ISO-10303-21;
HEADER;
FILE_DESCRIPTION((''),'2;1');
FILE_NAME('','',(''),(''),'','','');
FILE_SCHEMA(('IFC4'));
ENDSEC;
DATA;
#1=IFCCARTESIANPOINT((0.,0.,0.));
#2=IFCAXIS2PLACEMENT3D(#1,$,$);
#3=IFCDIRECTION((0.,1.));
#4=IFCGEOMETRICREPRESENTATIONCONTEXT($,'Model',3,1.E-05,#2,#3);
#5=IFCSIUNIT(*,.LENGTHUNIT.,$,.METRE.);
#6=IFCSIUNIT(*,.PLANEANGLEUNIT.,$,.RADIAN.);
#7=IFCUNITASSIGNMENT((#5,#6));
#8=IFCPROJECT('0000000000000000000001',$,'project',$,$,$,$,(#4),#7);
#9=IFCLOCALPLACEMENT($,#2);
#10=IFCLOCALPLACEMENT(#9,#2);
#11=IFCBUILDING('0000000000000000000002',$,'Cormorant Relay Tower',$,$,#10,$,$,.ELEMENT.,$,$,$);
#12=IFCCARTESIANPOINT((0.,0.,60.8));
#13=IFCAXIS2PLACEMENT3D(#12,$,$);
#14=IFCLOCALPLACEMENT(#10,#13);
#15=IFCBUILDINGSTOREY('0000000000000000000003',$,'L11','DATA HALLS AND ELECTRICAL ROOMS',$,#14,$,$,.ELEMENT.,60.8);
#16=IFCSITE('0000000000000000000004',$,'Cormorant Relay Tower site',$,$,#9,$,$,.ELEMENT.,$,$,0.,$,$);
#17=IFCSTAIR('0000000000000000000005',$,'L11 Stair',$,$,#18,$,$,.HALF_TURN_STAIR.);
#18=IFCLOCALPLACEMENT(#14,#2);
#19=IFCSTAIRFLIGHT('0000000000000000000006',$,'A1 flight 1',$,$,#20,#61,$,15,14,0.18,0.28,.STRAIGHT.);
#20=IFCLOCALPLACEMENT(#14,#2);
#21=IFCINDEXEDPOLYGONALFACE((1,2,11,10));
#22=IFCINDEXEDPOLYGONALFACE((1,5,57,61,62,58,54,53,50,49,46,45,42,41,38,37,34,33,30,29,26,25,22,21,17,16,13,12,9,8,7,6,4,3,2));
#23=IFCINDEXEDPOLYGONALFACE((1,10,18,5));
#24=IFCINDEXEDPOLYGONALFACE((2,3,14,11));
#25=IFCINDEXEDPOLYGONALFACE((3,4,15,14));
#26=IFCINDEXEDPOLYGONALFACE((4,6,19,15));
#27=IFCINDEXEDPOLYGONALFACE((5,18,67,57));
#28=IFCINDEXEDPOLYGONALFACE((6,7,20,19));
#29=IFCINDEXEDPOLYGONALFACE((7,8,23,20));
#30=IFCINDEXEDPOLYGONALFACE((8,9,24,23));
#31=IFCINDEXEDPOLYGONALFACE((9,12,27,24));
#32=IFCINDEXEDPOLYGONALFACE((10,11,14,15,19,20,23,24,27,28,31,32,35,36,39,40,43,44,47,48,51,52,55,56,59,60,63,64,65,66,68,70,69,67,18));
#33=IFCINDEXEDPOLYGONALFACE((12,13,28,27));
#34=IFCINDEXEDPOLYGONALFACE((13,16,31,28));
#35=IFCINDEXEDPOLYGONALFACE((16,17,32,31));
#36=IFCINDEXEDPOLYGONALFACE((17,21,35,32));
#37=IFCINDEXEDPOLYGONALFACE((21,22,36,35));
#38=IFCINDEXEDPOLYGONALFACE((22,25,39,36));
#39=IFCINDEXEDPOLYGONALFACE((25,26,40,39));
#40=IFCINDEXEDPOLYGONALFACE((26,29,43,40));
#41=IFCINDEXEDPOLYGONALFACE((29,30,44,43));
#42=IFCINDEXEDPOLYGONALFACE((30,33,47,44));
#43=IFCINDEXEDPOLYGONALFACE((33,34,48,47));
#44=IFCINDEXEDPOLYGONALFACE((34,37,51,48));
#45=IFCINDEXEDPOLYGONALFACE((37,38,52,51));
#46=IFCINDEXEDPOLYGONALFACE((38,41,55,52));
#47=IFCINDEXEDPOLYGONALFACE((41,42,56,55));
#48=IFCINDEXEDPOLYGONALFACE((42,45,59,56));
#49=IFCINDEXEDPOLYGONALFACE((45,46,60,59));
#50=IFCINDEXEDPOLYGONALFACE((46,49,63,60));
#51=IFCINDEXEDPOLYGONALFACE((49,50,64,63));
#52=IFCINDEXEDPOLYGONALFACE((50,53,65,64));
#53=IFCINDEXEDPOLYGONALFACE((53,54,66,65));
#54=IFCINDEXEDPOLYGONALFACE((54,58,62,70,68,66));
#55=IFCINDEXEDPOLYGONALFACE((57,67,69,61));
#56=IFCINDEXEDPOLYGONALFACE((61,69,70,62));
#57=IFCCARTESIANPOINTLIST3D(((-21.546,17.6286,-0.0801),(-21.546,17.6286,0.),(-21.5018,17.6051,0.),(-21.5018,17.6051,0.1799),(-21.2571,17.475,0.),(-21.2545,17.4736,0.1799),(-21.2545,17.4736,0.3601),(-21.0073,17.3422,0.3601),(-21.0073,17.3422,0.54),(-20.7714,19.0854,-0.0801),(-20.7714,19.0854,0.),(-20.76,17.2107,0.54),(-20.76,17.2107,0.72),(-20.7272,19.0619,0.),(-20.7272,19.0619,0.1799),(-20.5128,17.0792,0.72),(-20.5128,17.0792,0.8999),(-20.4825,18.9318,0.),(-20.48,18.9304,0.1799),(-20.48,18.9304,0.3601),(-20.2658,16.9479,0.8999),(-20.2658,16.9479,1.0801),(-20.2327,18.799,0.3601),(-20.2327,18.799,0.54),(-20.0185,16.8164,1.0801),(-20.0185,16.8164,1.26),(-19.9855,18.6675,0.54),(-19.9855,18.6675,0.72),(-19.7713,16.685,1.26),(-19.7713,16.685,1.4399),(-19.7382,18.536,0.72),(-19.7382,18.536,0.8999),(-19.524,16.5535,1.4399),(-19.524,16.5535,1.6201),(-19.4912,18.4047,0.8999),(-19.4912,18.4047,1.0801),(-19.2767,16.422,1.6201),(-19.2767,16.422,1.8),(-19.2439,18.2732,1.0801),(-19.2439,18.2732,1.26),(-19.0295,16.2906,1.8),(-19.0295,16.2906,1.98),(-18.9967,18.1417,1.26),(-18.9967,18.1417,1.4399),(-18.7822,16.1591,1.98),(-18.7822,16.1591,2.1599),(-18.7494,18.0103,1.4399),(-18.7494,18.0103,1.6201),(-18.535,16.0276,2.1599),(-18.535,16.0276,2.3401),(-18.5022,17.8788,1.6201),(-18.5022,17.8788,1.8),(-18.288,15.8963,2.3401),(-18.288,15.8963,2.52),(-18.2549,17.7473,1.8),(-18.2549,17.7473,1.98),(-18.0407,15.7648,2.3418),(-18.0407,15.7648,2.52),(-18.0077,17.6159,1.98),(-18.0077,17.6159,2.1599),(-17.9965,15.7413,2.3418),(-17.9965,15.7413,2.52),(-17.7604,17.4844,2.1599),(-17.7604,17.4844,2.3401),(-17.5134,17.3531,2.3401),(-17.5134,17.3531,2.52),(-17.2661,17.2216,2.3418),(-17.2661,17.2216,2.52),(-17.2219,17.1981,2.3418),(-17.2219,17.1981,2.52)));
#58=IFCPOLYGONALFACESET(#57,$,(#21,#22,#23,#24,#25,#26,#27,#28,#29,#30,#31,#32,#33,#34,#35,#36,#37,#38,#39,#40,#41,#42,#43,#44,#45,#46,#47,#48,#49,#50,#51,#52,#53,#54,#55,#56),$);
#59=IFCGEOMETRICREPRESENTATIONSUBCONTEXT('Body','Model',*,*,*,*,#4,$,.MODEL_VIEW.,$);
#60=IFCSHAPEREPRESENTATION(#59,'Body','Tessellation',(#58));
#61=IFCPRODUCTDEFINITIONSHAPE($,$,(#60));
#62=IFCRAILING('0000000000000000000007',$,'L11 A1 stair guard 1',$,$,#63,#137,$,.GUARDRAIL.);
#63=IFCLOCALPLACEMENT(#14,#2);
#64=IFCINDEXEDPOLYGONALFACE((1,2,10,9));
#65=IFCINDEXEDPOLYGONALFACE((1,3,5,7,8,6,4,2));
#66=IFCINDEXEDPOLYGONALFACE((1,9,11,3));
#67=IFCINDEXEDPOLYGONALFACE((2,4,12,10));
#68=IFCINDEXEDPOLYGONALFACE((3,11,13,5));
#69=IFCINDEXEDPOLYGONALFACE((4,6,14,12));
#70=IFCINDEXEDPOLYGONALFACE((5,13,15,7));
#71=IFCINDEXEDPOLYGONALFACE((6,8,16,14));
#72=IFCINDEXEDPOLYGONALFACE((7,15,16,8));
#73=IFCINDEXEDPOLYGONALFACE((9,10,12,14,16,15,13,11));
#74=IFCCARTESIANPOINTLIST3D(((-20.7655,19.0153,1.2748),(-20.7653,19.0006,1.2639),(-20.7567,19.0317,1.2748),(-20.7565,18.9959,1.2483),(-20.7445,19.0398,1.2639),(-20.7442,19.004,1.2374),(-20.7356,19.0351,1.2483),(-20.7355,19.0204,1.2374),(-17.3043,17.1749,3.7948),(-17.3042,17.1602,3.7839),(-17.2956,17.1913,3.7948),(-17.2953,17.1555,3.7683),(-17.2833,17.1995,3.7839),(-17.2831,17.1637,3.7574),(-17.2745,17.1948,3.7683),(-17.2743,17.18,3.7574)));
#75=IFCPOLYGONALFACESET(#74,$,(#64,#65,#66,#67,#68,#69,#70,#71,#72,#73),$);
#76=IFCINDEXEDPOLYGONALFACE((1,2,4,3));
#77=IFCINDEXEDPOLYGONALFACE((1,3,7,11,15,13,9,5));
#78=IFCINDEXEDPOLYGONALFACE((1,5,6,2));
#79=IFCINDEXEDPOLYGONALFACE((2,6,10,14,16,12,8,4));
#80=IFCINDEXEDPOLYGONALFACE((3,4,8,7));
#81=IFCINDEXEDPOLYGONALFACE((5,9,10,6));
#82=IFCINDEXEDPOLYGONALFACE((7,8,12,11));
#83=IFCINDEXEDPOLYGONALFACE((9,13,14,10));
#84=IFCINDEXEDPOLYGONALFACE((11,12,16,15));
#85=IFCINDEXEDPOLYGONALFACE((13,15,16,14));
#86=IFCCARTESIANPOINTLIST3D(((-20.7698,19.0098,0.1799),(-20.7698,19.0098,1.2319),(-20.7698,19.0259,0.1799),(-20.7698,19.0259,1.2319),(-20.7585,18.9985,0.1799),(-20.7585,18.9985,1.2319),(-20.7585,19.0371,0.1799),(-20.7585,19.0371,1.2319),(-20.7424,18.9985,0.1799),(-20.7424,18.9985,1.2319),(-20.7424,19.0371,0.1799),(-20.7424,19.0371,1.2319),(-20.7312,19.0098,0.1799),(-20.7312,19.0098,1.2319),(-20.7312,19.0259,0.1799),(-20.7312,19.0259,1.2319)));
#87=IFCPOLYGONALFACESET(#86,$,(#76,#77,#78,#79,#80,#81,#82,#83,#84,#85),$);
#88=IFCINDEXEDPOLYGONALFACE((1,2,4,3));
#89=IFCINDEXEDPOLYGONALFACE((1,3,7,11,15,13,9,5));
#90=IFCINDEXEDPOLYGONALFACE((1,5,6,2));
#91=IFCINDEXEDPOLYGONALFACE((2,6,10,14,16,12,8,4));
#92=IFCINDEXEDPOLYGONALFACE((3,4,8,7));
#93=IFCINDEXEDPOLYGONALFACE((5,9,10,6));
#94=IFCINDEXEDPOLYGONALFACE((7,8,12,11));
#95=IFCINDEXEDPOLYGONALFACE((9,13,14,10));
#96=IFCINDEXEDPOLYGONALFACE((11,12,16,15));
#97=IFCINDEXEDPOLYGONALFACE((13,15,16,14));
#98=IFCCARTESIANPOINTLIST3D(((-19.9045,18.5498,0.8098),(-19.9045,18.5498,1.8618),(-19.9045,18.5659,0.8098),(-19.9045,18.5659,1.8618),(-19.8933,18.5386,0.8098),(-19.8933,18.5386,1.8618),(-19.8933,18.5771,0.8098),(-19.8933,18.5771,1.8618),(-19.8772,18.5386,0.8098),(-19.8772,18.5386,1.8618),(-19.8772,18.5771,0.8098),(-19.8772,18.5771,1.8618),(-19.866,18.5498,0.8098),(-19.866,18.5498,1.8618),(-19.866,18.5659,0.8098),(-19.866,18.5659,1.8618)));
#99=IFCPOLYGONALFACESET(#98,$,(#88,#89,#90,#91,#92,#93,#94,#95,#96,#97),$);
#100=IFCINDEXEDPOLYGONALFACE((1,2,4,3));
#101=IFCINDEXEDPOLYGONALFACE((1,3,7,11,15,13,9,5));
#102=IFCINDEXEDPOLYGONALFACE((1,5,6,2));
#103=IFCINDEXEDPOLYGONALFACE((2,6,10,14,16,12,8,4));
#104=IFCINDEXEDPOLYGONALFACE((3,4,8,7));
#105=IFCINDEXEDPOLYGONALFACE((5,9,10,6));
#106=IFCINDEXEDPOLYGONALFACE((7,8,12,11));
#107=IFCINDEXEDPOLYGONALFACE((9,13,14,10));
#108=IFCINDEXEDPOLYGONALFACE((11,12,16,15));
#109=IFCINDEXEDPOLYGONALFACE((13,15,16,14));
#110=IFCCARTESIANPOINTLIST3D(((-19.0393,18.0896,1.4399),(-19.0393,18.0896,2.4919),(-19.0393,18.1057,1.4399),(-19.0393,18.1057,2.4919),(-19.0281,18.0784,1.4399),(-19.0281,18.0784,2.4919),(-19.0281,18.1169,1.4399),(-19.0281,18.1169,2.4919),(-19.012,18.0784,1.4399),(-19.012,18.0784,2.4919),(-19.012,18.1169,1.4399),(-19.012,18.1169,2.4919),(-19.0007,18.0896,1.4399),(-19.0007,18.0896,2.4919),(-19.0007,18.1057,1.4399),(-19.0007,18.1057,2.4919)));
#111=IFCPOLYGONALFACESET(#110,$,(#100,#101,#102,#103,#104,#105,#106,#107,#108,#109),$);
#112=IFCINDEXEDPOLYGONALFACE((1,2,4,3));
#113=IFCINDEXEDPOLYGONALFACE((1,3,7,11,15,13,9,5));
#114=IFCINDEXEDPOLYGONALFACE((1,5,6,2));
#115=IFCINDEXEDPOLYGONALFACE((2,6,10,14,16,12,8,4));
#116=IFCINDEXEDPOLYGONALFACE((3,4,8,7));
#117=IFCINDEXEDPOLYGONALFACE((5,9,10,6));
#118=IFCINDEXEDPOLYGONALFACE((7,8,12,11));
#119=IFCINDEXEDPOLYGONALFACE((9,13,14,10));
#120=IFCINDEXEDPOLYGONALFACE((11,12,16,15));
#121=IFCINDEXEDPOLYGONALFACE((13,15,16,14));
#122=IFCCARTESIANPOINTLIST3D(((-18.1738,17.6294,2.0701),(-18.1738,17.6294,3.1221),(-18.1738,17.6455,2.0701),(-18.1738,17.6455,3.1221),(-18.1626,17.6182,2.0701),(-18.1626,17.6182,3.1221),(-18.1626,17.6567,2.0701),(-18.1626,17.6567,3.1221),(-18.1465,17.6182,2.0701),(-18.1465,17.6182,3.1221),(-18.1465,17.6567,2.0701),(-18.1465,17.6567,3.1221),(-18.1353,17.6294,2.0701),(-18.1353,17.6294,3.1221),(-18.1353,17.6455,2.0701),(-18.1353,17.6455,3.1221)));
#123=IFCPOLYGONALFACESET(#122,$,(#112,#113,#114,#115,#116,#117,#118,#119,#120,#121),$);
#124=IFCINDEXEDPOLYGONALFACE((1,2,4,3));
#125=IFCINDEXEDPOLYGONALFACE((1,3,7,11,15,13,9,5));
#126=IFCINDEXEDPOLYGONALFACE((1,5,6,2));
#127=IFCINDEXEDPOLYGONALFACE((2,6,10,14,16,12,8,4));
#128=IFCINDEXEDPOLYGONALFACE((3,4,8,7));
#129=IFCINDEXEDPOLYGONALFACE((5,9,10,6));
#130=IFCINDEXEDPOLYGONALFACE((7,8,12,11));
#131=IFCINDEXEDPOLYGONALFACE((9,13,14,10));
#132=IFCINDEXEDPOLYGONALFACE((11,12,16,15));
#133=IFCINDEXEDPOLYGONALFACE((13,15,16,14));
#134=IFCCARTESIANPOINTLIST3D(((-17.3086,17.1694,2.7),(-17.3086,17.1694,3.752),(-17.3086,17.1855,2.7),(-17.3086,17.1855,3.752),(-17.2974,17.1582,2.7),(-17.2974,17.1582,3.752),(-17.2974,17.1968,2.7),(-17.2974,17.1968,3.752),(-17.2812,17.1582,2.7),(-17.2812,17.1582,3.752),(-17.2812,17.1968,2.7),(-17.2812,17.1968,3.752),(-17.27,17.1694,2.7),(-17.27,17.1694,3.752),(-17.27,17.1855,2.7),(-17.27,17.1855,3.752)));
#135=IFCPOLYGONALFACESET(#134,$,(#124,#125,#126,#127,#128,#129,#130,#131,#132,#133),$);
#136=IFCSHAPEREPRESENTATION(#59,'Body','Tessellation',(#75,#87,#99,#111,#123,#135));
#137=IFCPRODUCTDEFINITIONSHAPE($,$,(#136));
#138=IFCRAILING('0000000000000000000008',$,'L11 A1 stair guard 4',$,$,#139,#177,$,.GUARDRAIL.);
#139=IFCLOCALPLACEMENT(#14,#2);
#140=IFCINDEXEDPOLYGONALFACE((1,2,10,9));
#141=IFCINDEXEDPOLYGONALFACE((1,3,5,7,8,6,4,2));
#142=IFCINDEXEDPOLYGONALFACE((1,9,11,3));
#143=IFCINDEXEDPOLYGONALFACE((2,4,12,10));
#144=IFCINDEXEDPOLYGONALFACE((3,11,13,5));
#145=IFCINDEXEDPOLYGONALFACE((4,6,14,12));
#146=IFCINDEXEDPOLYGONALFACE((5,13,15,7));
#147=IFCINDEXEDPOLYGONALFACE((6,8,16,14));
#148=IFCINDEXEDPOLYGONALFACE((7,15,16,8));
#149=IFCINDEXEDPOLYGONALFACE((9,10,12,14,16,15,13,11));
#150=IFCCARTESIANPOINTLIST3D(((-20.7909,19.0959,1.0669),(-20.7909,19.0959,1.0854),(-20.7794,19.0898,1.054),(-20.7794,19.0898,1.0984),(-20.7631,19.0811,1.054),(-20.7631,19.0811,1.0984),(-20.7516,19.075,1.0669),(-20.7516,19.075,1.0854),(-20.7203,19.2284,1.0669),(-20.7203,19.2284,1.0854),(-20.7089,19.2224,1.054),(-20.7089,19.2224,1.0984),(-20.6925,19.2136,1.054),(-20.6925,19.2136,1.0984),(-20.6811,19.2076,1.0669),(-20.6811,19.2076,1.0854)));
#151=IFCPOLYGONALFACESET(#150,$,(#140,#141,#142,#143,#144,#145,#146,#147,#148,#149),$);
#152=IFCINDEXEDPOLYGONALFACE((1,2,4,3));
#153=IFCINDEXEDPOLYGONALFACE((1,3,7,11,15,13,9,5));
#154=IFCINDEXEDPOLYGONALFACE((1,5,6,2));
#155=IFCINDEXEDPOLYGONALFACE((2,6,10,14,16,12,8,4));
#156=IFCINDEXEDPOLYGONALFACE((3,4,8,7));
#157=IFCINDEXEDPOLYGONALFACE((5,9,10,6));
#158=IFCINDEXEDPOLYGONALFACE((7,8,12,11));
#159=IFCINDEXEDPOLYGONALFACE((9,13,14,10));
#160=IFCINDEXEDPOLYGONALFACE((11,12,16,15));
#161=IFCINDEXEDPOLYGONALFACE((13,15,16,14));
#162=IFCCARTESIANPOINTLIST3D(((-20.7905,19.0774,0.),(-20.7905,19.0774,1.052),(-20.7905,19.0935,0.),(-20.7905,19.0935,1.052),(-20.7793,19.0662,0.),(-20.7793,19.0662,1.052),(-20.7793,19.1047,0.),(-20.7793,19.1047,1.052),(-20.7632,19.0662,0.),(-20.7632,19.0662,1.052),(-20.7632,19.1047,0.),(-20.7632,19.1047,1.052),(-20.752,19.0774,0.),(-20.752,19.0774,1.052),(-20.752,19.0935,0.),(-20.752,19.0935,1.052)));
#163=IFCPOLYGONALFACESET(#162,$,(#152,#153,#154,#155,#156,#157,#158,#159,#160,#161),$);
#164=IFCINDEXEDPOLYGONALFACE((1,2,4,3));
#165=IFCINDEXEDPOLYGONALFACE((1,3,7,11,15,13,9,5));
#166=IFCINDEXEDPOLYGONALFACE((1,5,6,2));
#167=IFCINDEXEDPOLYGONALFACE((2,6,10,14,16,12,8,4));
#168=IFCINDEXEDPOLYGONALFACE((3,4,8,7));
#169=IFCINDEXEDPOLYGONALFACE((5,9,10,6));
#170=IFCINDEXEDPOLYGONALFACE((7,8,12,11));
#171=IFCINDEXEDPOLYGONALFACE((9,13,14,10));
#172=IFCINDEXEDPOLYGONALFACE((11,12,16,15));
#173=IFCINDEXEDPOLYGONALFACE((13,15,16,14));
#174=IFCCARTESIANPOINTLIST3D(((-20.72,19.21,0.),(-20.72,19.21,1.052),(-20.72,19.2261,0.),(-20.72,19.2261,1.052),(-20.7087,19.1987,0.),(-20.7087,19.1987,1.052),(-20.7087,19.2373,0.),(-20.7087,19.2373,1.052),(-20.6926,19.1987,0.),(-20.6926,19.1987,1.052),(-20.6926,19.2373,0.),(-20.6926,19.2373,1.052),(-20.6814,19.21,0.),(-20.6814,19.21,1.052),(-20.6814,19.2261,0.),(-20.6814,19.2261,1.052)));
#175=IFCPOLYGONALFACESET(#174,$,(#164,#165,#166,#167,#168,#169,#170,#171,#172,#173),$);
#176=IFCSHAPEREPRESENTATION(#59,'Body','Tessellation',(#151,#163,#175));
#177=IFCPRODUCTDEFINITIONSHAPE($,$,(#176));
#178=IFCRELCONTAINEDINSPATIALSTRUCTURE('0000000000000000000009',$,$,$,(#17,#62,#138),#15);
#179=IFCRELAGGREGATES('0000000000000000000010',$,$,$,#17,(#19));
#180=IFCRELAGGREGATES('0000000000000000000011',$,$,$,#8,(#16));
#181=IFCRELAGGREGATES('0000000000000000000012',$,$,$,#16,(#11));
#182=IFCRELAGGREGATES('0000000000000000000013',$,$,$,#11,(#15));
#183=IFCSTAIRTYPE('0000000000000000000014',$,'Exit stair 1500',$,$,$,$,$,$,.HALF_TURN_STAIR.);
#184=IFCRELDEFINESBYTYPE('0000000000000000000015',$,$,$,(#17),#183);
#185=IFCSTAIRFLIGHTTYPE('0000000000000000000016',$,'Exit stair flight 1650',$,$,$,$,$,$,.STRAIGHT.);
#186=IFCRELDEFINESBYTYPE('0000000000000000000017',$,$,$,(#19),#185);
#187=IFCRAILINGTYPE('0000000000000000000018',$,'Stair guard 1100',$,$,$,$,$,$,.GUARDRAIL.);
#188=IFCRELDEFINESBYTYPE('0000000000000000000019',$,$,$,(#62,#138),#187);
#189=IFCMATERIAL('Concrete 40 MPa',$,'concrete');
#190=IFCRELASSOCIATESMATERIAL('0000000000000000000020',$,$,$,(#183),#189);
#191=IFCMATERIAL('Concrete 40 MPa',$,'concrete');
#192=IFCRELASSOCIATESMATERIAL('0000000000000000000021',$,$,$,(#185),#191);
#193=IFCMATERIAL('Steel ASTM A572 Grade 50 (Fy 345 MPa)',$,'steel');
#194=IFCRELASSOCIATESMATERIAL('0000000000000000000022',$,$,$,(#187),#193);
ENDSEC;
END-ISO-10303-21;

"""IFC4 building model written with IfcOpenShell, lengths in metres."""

from ifc_helpers import new_model, si_unit, direction, frame, origin, place, context, subcontext, project, spatial, polyline, outline, extrude, material, type_object, element, aggregate, save


model = new_model("IFC4")

# Units and contexts
model_context = context("Model", 3, precision=1e-05, world=origin(), true_north=direction((0.0, 1.0)))
body_context = subcontext(model_context, "Body", "Model", "MODEL_VIEW")
ifc_project = project(units=[si_unit("LENGTHUNIT", "METRE"), si_unit("PLANEANGLEUNIT", "RADIAN")], contexts=[model_context])

# Site, building, storey
site_placement = place(None, origin())
site = spatial("IfcSite", under=ifc_project, at=site_placement, Name="Cormorant Relay Tower site", CompositionType="ELEMENT", RefElevation=0.0)
building_placement = place(site_placement, origin())
building = spatial("IfcBuilding", under=site, at=building_placement, Name="Cormorant Relay Tower", CompositionType="ELEMENT")
storey_placement = place(building_placement, frame((0.0, 0.0, 60.8)))
storey = spatial("IfcBuildingStorey", under=building, at=storey_placement, Name="L11", Description="DATA HALLS AND ELECTRICAL ROOMS", CompositionType="ELEMENT", Elevation=60.8)

# Stair, stair flight
ifc_material_1 = material(Name="Concrete 40 MPa", Category="concrete")
stair_type = type_object("IfcStairType", Name="Exit stair 1500", PredefinedType="HALF_TURN_STAIR", material=ifc_material_1)
stair_placement = place(storey_placement, origin())
stair = element("IfcStair", 1, at=stair_placement, inside=storey, type_object=stair_type, Name="L11 Stair", PredefinedType="HALF_TURN_STAIR")
ifc_material_2 = material(Name="Concrete 40 MPa", Category="concrete")
stair_flight_type = type_object("IfcStairFlightType", Name="Exit stair flight 1650", PredefinedType="STRAIGHT", material=ifc_material_2)
stair_flight_placement = place(storey_placement, frame((-21.1145, 18.3335, 0.0), z_axis=(0.0, 0.0, 1.0), x_axis=(0.882948, -0.469472, 0.0)))
stair_flight = element("IfcStairFlight", 2, at=stair_flight_placement, type_object=stair_flight_type, Name="A1 flight 1", NumberOfRisers=15, NumberOfTreads=14, PredefinedType="STRAIGHT", RiserHeight=0.18, TreadLength=0.28, context=body_context, shape_type="SweptSolid", body=[
    extrude(outline(polyline([(-0.05, -0.0801), (-0.05, 0.0), (0.0, 0.0), (0.0, 0.1799), (0.28, 0.1799), (0.28, 0.3601), (0.5601, 0.3601), (0.5601, 0.54), (0.8401, 0.54), (0.8401, 0.72), (1.1201, 0.72), (1.1201, 0.8999), (1.3999, 0.8999), (1.3999, 1.0801), (1.6799, 1.0801), (1.6799, 1.26), (1.96, 1.26), (1.96, 1.4399), (2.24, 1.4399), (2.24, 1.6201), (2.52, 1.6201), (2.52, 1.8), (2.8, 1.8), (2.8, 1.98), (3.0801, 1.98), (3.0801, 2.1599), (3.3601, 2.1599), (3.3601, 2.3401), (3.6399, 2.3401), (3.6399, 2.52), (3.9199, 2.52), (3.97, 2.52), (3.97, 2.3418), (3.9199, 2.3418), (0.2771, 0.0), (-0.05, -0.0801)])), frame((0.0, 0.825, 0.0), z_axis=(0.0, -1.0, 0.0), x_axis=(1.0, 0.0, 0.0)), (0.0, 0.0, 1.0), 1.6499),
])
aggregate(stair, [stair_flight])

# Railings
ifc_material_3 = material(Name="Steel ASTM A572 Grade 50 (Fy 345 MPa)", Category="steel")
railing_type_1 = type_object("IfcRailingType", Name="Stair guard 1100", PredefinedType="GUARDRAIL", material=ifc_material_3)
railing_1_placement = place(storey_placement, frame((-20.7505, 19.0178, 0.1799)))
element("IfcRailing", 3, at=railing_1_placement, inside=storey, type_object=railing_type_1, Name="L11 A1 stair guard 1", PredefinedType="GUARDRAIL", context=body_context, shape_type="SweptSolid", body=[
    extrude(outline(polyline([(0.0222, 0.0093), (0.0093, 0.0222), (-0.0093, 0.0222), (-0.0222, 0.0093), (-0.0222, -0.0093), (-0.0093, -0.0222), (0.0093, -0.0222), (0.0222, -0.0093), (0.0222, 0.0093)])), frame((0.0, 0.0, 1.0762), z_axis=(0.742717, -0.394907, 0.540758), x_axis=(0.469469, 0.882949, 0.0)), (0.0, 0.0, 1.0), 4.6602),
    extrude(outline(polyline([(0.0193, 0.0081), (0.0081, 0.0193), (-0.0081, 0.0193), (-0.0193, 0.0081), (-0.0193, -0.0081), (-0.0081, -0.0193), (0.0081, -0.0193), (0.0193, -0.0081), (0.0193, 0.0081)])), origin(), (0.0, 0.0, 1.0), 1.052),
    extrude(outline(polyline([(0.0193, 0.0081), (0.0081, 0.0193), (-0.0081, 0.0193), (-0.0193, 0.0081), (-0.0193, -0.0081), (-0.0081, -0.0193), (0.0081, -0.0193), (0.0193, -0.0081), (0.0193, 0.0081)])), frame((0.8652, -0.46, 0.6299)), (0.0, 0.0, 1.0), 1.052),
    extrude(outline(polyline([(0.0193, 0.0081), (0.0081, 0.0193), (-0.0081, 0.0193), (-0.0193, 0.0081), (-0.0193, -0.0081), (-0.0081, -0.0193), (0.0081, -0.0193), (0.0193, -0.0081), (0.0193, 0.0081)])), frame((1.7305, -0.9202, 1.26)), (0.0, 0.0, 1.0), 1.052),
    extrude(outline(polyline([(0.0193, 0.0081), (0.0081, 0.0193), (-0.0081, 0.0193), (-0.0193, 0.0081), (-0.0193, -0.0081), (-0.0081, -0.0193), (0.0081, -0.0193), (0.0193, -0.0081), (0.0193, 0.0081)])), frame((2.5959, -1.3804, 1.8901)), (0.0, 0.0, 1.0), 1.052),
    extrude(outline(polyline([(0.0193, 0.0081), (0.0081, 0.0193), (-0.0081, 0.0193), (-0.0193, 0.0081), (-0.0193, -0.0081), (-0.0081, -0.0193), (0.0081, -0.0193), (0.0193, -0.0081), (0.0193, 0.0081)])), frame((3.4612, -1.8403, 2.52)), (0.0, 0.0, 1.0), 1.052),
])
railing_2_placement = place(storey_placement, frame((-20.7712, 19.0854, 0.0)))
element("IfcRailing", 4, at=railing_2_placement, inside=storey, type_object=railing_type_1, Name="L11 A1 stair guard 4", PredefinedType="GUARDRAIL", context=body_context, shape_type="SweptSolid", body=[
    extrude(outline(polyline([(0.0222, 0.0093), (0.0093, 0.0222), (-0.0093, 0.0222), (-0.0222, 0.0093), (-0.0222, -0.0093), (-0.0093, -0.0222), (0.0093, -0.0222), (0.0222, -0.0093), (0.0222, 0.0093)])), frame((0.0, 0.0, 1.0762), z_axis=(0.469829, 0.882758, 0.0), x_axis=(-0.882758, 0.469829, 0.0)), (0.0, 0.0, 1.0), 0.1501),
    extrude(outline(polyline([(0.0193, 0.0081), (0.0081, 0.0193), (-0.0081, 0.0193), (-0.0193, 0.0081), (-0.0193, -0.0081), (-0.0081, -0.0193), (0.0081, -0.0193), (0.0193, -0.0081), (0.0193, 0.0081)])), origin(), (0.0, 0.0, 1.0), 1.052),
    extrude(outline(polyline([(0.0193, 0.0081), (0.0081, 0.0193), (-0.0081, 0.0193), (-0.0193, 0.0081), (-0.0193, -0.0081), (-0.0081, -0.0193), (0.0081, -0.0193), (0.0193, -0.0081), (0.0193, 0.0081)])), frame((0.0706, 0.1326, 0.0)), (0.0, 0.0, 1.0), 1.052),
])

save(model, "model.ifc")
